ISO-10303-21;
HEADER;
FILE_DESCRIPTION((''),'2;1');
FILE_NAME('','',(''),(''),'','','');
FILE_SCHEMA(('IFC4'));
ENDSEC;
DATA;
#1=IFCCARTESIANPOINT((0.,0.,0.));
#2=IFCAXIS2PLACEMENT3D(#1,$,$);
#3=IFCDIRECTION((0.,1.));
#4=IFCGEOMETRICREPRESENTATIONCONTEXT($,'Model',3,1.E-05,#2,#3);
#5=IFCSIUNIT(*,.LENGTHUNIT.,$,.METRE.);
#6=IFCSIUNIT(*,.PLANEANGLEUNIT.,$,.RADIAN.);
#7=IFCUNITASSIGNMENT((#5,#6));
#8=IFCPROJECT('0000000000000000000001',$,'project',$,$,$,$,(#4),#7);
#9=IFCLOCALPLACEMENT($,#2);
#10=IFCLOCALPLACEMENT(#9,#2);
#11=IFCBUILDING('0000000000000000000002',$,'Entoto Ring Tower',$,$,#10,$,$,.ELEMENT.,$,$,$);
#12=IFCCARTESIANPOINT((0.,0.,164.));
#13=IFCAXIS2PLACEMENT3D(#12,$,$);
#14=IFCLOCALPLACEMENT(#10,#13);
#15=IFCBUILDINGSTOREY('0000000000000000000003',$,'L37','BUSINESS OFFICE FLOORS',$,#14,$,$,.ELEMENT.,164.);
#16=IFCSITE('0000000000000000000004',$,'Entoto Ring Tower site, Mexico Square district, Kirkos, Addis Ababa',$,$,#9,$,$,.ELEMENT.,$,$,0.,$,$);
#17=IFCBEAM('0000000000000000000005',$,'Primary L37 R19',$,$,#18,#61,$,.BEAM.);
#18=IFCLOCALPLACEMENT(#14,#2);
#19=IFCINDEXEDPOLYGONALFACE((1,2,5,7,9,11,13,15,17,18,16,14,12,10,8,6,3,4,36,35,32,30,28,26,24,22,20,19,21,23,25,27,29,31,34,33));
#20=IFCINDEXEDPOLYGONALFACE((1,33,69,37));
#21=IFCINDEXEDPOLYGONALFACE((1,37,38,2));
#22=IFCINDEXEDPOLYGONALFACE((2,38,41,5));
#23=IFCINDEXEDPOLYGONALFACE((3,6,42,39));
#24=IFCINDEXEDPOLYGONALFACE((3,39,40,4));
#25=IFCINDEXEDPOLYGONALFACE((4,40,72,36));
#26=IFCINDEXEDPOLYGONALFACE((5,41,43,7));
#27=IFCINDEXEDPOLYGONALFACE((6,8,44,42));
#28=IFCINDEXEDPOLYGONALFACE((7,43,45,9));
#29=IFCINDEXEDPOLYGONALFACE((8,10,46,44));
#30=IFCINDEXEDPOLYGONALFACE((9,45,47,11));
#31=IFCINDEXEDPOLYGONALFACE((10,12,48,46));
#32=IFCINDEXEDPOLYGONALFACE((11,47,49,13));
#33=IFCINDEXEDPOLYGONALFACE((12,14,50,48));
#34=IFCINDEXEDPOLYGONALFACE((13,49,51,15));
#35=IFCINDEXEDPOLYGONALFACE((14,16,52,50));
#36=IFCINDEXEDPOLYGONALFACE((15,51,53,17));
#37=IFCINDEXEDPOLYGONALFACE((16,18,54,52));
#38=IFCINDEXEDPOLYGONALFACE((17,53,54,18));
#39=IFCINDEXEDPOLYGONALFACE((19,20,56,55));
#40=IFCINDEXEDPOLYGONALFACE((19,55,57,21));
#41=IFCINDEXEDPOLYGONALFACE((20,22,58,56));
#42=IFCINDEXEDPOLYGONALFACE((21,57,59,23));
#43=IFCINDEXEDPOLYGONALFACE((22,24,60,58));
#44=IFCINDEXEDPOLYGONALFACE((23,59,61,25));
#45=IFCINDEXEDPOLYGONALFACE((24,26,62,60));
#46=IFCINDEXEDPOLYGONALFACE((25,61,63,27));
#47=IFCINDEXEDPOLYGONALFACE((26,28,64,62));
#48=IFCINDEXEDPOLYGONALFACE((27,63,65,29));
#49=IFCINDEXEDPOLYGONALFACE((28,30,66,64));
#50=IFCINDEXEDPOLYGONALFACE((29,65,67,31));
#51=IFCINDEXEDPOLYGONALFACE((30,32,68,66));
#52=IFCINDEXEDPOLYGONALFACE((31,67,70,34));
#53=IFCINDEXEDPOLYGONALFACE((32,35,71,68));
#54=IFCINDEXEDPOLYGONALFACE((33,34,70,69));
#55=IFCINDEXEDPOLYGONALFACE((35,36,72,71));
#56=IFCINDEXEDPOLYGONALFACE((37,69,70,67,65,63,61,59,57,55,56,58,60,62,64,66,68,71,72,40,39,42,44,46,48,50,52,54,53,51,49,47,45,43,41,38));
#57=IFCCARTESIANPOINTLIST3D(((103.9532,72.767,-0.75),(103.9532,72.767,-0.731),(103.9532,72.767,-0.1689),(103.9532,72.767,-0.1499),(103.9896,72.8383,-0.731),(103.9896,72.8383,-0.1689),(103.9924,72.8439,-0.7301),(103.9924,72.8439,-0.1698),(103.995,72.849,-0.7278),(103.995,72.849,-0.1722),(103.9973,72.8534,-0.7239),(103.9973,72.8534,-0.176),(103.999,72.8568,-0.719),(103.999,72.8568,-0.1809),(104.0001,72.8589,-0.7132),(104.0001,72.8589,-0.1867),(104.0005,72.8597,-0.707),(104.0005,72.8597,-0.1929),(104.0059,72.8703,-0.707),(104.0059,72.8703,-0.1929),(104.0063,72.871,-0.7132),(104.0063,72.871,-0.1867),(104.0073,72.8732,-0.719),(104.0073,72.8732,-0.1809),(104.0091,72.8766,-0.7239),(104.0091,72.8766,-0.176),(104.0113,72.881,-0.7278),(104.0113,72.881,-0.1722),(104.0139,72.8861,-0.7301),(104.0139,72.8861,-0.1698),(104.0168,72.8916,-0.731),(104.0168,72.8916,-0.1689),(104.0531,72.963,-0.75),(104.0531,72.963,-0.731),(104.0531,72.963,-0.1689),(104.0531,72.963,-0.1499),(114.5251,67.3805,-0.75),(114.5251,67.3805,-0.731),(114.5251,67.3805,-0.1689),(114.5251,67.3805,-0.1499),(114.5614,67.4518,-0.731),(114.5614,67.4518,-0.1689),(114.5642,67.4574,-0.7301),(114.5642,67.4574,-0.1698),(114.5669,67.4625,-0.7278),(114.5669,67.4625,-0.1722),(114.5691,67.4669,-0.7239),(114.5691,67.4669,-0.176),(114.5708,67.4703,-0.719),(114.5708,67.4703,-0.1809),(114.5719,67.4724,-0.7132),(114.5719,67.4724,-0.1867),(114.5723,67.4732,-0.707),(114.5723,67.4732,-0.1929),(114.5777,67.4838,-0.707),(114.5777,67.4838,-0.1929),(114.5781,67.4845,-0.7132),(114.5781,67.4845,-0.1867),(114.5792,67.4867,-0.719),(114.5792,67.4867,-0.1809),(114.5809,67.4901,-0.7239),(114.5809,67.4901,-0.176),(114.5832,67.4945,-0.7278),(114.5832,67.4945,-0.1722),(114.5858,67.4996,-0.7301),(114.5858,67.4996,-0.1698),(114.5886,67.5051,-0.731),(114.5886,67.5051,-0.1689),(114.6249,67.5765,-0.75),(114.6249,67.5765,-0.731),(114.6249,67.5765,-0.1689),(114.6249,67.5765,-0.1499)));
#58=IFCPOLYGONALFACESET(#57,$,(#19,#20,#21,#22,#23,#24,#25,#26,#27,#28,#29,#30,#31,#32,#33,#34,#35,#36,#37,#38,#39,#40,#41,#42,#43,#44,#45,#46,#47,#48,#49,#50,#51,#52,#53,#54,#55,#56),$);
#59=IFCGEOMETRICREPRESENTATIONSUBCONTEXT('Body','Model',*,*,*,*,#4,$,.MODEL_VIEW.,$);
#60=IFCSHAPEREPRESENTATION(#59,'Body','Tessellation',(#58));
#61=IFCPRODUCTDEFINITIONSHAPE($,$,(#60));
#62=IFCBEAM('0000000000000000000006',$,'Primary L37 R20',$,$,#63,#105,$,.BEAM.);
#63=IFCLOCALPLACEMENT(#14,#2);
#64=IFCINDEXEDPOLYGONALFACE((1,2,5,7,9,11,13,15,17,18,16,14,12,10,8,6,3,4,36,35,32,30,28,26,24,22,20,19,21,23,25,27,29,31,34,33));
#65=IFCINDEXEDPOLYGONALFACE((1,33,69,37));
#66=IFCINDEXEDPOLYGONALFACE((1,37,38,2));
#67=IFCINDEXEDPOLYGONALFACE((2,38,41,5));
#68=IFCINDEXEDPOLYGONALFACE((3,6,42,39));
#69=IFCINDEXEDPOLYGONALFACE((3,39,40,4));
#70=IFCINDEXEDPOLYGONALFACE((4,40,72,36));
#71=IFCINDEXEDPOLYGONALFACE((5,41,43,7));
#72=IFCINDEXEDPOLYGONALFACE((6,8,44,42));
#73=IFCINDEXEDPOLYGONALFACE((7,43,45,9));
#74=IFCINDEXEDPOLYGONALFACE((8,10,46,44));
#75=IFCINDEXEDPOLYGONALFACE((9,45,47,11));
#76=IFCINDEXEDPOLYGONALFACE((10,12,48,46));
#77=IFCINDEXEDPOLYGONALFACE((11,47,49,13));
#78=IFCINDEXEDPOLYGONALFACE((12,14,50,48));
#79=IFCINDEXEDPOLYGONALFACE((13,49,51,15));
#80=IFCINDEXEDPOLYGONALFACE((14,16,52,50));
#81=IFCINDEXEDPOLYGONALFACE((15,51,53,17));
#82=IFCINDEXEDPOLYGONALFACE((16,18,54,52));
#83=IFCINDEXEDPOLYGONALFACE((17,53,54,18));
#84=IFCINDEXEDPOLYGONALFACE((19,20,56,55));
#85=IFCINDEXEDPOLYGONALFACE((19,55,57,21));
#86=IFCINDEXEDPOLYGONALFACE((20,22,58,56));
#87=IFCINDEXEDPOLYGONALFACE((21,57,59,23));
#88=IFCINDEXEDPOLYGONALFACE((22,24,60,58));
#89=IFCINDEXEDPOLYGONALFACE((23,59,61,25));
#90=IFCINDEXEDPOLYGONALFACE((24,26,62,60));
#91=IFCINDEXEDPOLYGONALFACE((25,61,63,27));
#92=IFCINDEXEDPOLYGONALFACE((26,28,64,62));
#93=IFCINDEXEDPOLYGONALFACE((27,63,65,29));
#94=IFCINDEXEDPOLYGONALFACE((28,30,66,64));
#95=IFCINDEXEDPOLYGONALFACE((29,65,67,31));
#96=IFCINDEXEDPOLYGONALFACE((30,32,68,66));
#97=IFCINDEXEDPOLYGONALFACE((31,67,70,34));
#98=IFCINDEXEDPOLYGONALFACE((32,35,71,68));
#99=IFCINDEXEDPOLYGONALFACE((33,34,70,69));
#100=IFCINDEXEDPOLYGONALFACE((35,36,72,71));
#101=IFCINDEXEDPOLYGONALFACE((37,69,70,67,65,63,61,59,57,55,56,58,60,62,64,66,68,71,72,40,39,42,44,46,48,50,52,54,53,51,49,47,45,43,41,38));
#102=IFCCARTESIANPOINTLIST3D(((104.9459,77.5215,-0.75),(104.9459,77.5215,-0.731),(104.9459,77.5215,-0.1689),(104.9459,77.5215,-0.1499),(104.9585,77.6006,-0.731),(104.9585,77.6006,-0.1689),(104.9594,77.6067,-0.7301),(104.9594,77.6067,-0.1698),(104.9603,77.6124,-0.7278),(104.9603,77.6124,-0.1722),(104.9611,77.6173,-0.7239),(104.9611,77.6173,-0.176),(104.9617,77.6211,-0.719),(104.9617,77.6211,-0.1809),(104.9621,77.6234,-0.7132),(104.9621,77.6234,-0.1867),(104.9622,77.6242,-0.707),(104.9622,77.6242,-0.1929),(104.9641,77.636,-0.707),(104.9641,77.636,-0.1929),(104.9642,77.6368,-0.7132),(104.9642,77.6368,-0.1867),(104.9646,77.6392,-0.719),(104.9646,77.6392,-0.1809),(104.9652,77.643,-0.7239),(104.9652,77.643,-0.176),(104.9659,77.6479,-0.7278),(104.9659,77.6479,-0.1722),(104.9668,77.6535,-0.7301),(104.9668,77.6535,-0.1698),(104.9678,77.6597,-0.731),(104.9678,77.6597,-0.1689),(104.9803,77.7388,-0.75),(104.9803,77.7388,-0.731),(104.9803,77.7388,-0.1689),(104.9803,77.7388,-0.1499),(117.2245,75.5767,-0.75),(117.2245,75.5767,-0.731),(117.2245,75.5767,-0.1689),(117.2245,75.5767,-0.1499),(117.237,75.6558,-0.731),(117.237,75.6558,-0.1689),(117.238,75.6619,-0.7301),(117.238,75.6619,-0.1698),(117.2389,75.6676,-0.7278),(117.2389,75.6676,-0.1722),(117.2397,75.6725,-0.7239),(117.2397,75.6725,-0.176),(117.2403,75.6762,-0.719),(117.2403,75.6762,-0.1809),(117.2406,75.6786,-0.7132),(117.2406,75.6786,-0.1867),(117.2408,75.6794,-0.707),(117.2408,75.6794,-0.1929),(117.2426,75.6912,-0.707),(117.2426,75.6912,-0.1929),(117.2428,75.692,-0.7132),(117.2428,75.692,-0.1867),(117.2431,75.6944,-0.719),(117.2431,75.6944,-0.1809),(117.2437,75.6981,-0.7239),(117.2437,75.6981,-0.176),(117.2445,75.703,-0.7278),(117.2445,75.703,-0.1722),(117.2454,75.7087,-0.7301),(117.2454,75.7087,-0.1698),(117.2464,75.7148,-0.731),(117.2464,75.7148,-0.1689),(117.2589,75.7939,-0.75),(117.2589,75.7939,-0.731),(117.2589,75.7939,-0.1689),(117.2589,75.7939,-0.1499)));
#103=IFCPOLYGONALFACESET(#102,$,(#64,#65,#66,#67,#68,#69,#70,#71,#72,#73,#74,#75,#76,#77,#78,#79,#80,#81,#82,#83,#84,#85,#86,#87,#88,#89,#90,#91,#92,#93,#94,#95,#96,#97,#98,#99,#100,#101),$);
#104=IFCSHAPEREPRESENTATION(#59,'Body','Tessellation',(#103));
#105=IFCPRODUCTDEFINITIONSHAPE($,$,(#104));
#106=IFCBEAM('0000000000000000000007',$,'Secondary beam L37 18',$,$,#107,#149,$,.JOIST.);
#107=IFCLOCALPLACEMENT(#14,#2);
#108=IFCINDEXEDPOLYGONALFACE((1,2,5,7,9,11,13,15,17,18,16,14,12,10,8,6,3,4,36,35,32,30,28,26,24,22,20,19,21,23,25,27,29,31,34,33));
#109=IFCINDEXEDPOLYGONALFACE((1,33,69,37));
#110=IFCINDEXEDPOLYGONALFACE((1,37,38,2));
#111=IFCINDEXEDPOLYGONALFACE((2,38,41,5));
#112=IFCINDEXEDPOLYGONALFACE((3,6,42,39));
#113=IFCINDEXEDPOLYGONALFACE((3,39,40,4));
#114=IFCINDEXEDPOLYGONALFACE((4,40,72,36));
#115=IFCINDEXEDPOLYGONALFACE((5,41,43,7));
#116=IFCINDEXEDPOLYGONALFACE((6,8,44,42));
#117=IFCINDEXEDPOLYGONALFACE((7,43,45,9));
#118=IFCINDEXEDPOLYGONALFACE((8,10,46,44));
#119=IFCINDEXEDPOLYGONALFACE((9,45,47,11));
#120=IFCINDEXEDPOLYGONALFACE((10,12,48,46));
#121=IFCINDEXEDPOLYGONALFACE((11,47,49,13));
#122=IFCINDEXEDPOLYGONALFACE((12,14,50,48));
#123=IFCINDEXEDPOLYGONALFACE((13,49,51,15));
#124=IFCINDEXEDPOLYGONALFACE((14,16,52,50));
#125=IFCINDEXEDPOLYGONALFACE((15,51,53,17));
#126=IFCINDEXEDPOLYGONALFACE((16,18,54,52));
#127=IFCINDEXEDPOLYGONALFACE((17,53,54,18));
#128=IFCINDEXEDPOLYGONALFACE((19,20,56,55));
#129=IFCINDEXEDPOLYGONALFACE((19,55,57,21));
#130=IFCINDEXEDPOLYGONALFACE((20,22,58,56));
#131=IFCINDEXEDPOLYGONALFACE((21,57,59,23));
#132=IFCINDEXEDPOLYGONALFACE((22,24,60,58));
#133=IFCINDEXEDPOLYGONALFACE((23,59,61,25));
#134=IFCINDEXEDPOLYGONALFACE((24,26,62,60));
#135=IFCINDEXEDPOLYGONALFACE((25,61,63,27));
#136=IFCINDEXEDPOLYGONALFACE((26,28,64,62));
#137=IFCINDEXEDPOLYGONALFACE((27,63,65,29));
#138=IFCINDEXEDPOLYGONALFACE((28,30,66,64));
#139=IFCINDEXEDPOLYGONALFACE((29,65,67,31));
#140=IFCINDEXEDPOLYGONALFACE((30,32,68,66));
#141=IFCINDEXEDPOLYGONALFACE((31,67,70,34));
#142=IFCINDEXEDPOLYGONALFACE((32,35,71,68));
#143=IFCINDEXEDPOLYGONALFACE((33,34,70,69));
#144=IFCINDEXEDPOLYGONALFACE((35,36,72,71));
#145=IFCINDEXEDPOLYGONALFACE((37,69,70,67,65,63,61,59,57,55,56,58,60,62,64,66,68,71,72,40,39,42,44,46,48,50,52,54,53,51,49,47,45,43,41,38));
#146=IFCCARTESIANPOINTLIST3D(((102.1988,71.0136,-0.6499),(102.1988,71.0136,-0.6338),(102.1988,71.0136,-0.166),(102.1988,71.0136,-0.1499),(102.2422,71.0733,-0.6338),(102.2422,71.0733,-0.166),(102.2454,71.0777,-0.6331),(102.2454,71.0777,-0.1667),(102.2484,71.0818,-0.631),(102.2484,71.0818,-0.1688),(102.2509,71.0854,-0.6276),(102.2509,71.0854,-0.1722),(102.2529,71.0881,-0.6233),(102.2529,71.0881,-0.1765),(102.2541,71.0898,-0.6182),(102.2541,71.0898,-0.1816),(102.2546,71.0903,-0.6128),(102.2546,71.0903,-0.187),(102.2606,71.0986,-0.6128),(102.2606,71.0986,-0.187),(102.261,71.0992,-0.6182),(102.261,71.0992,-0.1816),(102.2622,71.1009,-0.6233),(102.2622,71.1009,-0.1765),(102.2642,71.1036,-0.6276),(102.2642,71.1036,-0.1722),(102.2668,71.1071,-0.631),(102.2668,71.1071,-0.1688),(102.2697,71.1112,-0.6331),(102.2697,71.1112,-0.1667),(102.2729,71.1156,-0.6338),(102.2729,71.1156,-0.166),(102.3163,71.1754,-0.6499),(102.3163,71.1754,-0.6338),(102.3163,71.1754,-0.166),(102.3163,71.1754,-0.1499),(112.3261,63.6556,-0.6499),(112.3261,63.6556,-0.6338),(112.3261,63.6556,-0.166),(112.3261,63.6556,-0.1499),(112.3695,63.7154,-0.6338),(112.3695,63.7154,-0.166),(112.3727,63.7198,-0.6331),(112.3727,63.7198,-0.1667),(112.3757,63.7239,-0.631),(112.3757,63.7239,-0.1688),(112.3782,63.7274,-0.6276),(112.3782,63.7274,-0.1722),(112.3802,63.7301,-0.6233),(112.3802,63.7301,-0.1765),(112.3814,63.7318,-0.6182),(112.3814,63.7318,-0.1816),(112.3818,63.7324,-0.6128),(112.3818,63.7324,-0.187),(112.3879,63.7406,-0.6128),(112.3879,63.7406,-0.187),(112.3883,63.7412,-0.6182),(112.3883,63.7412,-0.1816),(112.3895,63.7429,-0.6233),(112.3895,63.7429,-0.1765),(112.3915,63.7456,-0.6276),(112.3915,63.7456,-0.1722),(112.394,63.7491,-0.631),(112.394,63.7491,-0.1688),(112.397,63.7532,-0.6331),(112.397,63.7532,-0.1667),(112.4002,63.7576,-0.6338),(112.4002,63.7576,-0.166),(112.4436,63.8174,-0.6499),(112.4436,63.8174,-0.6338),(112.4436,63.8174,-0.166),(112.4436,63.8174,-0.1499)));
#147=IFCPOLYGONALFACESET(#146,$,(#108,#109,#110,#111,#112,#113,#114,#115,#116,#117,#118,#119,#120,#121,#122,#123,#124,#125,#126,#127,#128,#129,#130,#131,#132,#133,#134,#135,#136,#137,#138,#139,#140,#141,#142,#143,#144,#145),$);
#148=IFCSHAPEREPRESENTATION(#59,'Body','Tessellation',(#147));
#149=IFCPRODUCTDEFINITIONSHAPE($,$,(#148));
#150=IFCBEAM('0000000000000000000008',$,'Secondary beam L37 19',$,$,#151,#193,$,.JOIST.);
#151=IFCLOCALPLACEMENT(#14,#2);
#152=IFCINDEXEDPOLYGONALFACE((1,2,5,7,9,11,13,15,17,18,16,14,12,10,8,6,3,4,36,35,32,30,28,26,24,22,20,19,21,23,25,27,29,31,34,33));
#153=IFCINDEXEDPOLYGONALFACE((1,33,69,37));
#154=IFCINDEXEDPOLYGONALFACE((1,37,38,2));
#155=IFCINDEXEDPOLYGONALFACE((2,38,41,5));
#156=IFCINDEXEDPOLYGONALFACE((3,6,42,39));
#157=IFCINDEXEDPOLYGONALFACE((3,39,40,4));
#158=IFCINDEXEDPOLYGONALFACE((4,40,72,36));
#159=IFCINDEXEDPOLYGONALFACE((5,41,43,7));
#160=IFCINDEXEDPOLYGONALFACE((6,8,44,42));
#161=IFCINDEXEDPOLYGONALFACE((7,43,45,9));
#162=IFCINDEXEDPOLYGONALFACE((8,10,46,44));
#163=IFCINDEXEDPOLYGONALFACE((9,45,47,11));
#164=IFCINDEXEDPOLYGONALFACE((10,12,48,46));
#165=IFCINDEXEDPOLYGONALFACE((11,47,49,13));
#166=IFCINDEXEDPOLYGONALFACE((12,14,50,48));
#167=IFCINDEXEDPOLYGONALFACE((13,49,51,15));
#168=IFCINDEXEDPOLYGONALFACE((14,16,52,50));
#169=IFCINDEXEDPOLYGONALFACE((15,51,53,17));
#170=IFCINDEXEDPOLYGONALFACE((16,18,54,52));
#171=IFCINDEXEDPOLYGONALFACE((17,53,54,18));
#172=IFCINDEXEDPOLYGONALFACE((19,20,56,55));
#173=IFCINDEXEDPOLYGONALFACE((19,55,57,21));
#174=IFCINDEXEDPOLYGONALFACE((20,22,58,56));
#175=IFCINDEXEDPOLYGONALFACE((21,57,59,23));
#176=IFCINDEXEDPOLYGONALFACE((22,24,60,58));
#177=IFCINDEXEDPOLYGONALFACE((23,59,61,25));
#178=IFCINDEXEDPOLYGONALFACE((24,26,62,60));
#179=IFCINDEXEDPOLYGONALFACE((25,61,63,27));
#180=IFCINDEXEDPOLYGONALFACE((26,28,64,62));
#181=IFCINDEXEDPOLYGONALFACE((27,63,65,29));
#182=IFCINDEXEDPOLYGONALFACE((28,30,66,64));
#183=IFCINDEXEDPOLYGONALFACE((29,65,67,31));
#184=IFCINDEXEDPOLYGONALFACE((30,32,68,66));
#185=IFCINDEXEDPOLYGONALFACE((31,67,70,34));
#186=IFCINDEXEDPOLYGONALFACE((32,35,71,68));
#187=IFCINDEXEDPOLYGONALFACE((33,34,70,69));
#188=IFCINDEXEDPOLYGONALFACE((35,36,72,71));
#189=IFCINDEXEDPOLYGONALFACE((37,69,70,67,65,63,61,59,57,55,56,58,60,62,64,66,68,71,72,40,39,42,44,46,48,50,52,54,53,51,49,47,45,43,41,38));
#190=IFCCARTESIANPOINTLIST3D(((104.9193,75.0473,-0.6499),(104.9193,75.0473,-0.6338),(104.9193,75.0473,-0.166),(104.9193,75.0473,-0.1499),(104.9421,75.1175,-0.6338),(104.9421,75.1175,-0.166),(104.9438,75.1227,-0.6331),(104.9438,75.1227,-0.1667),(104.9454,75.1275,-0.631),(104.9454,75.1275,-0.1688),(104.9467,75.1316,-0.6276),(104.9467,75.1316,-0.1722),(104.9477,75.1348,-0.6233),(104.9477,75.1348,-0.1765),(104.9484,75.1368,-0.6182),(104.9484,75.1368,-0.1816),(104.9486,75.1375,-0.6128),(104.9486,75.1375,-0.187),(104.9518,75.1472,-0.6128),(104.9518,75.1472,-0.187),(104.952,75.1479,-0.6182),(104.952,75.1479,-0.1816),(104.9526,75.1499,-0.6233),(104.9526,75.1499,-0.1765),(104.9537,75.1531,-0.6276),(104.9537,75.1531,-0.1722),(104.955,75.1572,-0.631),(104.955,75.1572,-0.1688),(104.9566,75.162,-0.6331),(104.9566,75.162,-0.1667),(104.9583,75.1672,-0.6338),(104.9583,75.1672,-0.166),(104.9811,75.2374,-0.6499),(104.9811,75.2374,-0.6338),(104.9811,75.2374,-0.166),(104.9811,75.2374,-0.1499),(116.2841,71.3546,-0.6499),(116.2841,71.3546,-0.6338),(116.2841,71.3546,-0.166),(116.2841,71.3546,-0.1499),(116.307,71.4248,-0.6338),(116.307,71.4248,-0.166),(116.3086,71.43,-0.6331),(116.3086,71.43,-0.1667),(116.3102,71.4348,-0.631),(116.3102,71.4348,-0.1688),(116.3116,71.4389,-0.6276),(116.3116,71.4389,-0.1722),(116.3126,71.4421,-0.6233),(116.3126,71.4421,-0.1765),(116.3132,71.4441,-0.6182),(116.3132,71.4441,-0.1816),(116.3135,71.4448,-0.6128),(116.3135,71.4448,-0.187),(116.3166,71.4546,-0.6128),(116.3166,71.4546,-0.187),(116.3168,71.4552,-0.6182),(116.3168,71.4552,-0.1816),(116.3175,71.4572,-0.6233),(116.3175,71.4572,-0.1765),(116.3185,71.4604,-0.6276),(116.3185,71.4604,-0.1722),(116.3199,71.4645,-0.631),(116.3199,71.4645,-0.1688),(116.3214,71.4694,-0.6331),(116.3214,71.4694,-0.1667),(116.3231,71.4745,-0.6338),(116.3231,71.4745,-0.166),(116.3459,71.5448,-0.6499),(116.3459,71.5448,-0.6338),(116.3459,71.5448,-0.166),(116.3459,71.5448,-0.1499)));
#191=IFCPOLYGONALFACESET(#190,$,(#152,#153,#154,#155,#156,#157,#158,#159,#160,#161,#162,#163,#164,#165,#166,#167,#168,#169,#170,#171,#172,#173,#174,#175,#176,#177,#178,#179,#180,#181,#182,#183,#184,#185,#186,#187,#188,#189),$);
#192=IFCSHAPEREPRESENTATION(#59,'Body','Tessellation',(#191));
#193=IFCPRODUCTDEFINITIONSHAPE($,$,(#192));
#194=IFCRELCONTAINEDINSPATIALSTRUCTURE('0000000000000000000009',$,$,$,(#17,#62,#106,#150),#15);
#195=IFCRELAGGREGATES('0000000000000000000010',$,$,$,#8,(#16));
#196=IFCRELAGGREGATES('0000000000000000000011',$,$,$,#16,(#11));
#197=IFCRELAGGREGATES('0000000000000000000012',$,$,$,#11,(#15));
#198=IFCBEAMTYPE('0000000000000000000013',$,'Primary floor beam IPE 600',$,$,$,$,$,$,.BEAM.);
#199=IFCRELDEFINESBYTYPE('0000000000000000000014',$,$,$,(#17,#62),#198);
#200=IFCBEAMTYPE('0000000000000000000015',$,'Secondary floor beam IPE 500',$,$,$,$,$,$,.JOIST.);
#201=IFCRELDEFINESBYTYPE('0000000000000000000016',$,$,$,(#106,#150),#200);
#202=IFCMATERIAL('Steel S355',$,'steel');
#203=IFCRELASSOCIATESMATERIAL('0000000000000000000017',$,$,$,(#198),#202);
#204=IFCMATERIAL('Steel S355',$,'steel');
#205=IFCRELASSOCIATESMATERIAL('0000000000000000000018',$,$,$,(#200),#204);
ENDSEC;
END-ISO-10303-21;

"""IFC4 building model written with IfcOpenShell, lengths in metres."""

from ifc_helpers import new_model, si_unit, direction, frame, origin, origin_2d, place, context, subcontext, project, spatial, i_section, extrude, material, material_profile, profile_set, type_object, element, save


model = new_model("IFC4")

# Units and contexts
model_context = context("Model", 3, precision=1e-05, world=origin(), true_north=direction((0.0, 1.0)))
body_context = subcontext(model_context, "Body", "Model", "MODEL_VIEW")
ifc_project = project(units=[si_unit("LENGTHUNIT", "METRE"), si_unit("PLANEANGLEUNIT", "RADIAN")], contexts=[model_context])

# Site, building, storey
site_placement = place(None, origin())
site = spatial("IfcSite", under=ifc_project, at=site_placement, Name="Entoto Ring Tower site, Mexico Square district, Kirkos, Addis Ababa", CompositionType="ELEMENT", RefElevation=0.0)
building_placement = place(site_placement, origin())
building = spatial("IfcBuilding", under=site, at=building_placement, Name="Entoto Ring Tower", CompositionType="ELEMENT")
storey_placement = place(building_placement, frame((0.0, 0.0, 164.0)))
storey = spatial("IfcBuildingStorey", under=building, at=storey_placement, Name="L37", Description="BUSINESS OFFICE FLOORS", CompositionType="ELEMENT", Elevation=164.0)

# Beams
ifc_material_1 = material(Name="Steel S355", Category="steel")
ifc_material_profile_1 = material_profile(ifc_material_1, i_section(OverallWidth=0.22, OverallDepth=0.6001, WebThickness=0.012, FlangeThickness=0.019, FilletRadius=0.0239, at=origin_2d()), Name="IPE 600")
ifc_profile_set_1 = profile_set([ifc_material_profile_1], Name="Steel S355")
beam_type_1 = type_object("IfcBeamType", Name="Primary floor beam IPE 600", PredefinedType="BEAM", material=ifc_profile_set_1)
beam_1_placement = place(storey_placement, frame((104.0032, 72.865, -0.45), z_axis=(0.89101, -0.453983, 0.0), x_axis=(0.453983, 0.89101, 0.0)))
element("IfcBeam", 1, at=beam_1_placement, inside=storey, type_object=beam_type_1, Name="Primary L37 R19", PredefinedType="BEAM", context=body_context, shape_type="SweptSolid", body=[
    extrude(i_section(OverallWidth=0.22, OverallDepth=0.6001, WebThickness=0.012, FlangeThickness=0.019, FilletRadius=0.0239, at=origin_2d()), origin(), (0.0, 0.0, 1.0), 11.865),
])
beam_2_placement = place(storey_placement, frame((104.9631, 77.6301, -0.45), z_axis=(0.987687, -0.156442, 0.0), x_axis=(0.156442, 0.987687, 0.0)))
element("IfcBeam", 2, at=beam_2_placement, inside=storey, type_object=beam_type_1, Name="Primary L37 R20", PredefinedType="BEAM", context=body_context, shape_type="SweptSolid", body=[
    extrude(i_section(OverallWidth=0.22, OverallDepth=0.6001, WebThickness=0.012, FlangeThickness=0.019, FilletRadius=0.0239, at=origin_2d()), origin(), (0.0, 0.0, 1.0), 12.4316),
])
ifc_material_2 = material(Name="Steel S355", Category="steel")
ifc_material_profile_2 = material_profile(ifc_material_2, i_section(OverallWidth=0.2, OverallDepth=0.5, WebThickness=0.0103, FlangeThickness=0.0161, FilletRadius=0.021, at=origin_2d()), Name="IPE 500")
ifc_profile_set_2 = profile_set([ifc_material_profile_2], Name="Steel S355")
beam_type_2 = type_object("IfcBeamType", Name="Secondary floor beam IPE 500", PredefinedType="JOIST", material=ifc_profile_set_2)
beam_3_placement = place(storey_placement, frame((102.2576, 71.0945, -0.3999), z_axis=(0.809014, -0.587789, 0.0), x_axis=(0.587789, 0.809014, 0.0)))
element("IfcBeam", 3, at=beam_3_placement, inside=storey, type_object=beam_type_2, Name="Secondary beam L37 18", PredefinedType="JOIST", context=body_context, shape_type="SweptSolid", body=[
    extrude(i_section(OverallWidth=0.2, OverallDepth=0.5, WebThickness=0.0103, FlangeThickness=0.0161, FilletRadius=0.021, at=origin_2d()), origin(), (0.0, 0.0, 1.0), 12.5181),
])
beam_4_placement = place(storey_placement, frame((104.9502, 75.1423, -0.3999), z_axis=(0.951057, -0.309017, 0.0), x_axis=(0.309017, 0.951057, 0.0)))
element("IfcBeam", 4, at=beam_4_placement, inside=storey, type_object=beam_type_2, Name="Secondary beam L37 19", PredefinedType="JOIST", context=body_context, shape_type="SweptSolid", body=[
    extrude(i_section(OverallWidth=0.2, OverallDepth=0.5, WebThickness=0.0103, FlangeThickness=0.0161, FilletRadius=0.021, at=origin_2d()), origin(), (0.0, 0.0, 1.0), 11.9497),
])

save(model, "model.ifc")
